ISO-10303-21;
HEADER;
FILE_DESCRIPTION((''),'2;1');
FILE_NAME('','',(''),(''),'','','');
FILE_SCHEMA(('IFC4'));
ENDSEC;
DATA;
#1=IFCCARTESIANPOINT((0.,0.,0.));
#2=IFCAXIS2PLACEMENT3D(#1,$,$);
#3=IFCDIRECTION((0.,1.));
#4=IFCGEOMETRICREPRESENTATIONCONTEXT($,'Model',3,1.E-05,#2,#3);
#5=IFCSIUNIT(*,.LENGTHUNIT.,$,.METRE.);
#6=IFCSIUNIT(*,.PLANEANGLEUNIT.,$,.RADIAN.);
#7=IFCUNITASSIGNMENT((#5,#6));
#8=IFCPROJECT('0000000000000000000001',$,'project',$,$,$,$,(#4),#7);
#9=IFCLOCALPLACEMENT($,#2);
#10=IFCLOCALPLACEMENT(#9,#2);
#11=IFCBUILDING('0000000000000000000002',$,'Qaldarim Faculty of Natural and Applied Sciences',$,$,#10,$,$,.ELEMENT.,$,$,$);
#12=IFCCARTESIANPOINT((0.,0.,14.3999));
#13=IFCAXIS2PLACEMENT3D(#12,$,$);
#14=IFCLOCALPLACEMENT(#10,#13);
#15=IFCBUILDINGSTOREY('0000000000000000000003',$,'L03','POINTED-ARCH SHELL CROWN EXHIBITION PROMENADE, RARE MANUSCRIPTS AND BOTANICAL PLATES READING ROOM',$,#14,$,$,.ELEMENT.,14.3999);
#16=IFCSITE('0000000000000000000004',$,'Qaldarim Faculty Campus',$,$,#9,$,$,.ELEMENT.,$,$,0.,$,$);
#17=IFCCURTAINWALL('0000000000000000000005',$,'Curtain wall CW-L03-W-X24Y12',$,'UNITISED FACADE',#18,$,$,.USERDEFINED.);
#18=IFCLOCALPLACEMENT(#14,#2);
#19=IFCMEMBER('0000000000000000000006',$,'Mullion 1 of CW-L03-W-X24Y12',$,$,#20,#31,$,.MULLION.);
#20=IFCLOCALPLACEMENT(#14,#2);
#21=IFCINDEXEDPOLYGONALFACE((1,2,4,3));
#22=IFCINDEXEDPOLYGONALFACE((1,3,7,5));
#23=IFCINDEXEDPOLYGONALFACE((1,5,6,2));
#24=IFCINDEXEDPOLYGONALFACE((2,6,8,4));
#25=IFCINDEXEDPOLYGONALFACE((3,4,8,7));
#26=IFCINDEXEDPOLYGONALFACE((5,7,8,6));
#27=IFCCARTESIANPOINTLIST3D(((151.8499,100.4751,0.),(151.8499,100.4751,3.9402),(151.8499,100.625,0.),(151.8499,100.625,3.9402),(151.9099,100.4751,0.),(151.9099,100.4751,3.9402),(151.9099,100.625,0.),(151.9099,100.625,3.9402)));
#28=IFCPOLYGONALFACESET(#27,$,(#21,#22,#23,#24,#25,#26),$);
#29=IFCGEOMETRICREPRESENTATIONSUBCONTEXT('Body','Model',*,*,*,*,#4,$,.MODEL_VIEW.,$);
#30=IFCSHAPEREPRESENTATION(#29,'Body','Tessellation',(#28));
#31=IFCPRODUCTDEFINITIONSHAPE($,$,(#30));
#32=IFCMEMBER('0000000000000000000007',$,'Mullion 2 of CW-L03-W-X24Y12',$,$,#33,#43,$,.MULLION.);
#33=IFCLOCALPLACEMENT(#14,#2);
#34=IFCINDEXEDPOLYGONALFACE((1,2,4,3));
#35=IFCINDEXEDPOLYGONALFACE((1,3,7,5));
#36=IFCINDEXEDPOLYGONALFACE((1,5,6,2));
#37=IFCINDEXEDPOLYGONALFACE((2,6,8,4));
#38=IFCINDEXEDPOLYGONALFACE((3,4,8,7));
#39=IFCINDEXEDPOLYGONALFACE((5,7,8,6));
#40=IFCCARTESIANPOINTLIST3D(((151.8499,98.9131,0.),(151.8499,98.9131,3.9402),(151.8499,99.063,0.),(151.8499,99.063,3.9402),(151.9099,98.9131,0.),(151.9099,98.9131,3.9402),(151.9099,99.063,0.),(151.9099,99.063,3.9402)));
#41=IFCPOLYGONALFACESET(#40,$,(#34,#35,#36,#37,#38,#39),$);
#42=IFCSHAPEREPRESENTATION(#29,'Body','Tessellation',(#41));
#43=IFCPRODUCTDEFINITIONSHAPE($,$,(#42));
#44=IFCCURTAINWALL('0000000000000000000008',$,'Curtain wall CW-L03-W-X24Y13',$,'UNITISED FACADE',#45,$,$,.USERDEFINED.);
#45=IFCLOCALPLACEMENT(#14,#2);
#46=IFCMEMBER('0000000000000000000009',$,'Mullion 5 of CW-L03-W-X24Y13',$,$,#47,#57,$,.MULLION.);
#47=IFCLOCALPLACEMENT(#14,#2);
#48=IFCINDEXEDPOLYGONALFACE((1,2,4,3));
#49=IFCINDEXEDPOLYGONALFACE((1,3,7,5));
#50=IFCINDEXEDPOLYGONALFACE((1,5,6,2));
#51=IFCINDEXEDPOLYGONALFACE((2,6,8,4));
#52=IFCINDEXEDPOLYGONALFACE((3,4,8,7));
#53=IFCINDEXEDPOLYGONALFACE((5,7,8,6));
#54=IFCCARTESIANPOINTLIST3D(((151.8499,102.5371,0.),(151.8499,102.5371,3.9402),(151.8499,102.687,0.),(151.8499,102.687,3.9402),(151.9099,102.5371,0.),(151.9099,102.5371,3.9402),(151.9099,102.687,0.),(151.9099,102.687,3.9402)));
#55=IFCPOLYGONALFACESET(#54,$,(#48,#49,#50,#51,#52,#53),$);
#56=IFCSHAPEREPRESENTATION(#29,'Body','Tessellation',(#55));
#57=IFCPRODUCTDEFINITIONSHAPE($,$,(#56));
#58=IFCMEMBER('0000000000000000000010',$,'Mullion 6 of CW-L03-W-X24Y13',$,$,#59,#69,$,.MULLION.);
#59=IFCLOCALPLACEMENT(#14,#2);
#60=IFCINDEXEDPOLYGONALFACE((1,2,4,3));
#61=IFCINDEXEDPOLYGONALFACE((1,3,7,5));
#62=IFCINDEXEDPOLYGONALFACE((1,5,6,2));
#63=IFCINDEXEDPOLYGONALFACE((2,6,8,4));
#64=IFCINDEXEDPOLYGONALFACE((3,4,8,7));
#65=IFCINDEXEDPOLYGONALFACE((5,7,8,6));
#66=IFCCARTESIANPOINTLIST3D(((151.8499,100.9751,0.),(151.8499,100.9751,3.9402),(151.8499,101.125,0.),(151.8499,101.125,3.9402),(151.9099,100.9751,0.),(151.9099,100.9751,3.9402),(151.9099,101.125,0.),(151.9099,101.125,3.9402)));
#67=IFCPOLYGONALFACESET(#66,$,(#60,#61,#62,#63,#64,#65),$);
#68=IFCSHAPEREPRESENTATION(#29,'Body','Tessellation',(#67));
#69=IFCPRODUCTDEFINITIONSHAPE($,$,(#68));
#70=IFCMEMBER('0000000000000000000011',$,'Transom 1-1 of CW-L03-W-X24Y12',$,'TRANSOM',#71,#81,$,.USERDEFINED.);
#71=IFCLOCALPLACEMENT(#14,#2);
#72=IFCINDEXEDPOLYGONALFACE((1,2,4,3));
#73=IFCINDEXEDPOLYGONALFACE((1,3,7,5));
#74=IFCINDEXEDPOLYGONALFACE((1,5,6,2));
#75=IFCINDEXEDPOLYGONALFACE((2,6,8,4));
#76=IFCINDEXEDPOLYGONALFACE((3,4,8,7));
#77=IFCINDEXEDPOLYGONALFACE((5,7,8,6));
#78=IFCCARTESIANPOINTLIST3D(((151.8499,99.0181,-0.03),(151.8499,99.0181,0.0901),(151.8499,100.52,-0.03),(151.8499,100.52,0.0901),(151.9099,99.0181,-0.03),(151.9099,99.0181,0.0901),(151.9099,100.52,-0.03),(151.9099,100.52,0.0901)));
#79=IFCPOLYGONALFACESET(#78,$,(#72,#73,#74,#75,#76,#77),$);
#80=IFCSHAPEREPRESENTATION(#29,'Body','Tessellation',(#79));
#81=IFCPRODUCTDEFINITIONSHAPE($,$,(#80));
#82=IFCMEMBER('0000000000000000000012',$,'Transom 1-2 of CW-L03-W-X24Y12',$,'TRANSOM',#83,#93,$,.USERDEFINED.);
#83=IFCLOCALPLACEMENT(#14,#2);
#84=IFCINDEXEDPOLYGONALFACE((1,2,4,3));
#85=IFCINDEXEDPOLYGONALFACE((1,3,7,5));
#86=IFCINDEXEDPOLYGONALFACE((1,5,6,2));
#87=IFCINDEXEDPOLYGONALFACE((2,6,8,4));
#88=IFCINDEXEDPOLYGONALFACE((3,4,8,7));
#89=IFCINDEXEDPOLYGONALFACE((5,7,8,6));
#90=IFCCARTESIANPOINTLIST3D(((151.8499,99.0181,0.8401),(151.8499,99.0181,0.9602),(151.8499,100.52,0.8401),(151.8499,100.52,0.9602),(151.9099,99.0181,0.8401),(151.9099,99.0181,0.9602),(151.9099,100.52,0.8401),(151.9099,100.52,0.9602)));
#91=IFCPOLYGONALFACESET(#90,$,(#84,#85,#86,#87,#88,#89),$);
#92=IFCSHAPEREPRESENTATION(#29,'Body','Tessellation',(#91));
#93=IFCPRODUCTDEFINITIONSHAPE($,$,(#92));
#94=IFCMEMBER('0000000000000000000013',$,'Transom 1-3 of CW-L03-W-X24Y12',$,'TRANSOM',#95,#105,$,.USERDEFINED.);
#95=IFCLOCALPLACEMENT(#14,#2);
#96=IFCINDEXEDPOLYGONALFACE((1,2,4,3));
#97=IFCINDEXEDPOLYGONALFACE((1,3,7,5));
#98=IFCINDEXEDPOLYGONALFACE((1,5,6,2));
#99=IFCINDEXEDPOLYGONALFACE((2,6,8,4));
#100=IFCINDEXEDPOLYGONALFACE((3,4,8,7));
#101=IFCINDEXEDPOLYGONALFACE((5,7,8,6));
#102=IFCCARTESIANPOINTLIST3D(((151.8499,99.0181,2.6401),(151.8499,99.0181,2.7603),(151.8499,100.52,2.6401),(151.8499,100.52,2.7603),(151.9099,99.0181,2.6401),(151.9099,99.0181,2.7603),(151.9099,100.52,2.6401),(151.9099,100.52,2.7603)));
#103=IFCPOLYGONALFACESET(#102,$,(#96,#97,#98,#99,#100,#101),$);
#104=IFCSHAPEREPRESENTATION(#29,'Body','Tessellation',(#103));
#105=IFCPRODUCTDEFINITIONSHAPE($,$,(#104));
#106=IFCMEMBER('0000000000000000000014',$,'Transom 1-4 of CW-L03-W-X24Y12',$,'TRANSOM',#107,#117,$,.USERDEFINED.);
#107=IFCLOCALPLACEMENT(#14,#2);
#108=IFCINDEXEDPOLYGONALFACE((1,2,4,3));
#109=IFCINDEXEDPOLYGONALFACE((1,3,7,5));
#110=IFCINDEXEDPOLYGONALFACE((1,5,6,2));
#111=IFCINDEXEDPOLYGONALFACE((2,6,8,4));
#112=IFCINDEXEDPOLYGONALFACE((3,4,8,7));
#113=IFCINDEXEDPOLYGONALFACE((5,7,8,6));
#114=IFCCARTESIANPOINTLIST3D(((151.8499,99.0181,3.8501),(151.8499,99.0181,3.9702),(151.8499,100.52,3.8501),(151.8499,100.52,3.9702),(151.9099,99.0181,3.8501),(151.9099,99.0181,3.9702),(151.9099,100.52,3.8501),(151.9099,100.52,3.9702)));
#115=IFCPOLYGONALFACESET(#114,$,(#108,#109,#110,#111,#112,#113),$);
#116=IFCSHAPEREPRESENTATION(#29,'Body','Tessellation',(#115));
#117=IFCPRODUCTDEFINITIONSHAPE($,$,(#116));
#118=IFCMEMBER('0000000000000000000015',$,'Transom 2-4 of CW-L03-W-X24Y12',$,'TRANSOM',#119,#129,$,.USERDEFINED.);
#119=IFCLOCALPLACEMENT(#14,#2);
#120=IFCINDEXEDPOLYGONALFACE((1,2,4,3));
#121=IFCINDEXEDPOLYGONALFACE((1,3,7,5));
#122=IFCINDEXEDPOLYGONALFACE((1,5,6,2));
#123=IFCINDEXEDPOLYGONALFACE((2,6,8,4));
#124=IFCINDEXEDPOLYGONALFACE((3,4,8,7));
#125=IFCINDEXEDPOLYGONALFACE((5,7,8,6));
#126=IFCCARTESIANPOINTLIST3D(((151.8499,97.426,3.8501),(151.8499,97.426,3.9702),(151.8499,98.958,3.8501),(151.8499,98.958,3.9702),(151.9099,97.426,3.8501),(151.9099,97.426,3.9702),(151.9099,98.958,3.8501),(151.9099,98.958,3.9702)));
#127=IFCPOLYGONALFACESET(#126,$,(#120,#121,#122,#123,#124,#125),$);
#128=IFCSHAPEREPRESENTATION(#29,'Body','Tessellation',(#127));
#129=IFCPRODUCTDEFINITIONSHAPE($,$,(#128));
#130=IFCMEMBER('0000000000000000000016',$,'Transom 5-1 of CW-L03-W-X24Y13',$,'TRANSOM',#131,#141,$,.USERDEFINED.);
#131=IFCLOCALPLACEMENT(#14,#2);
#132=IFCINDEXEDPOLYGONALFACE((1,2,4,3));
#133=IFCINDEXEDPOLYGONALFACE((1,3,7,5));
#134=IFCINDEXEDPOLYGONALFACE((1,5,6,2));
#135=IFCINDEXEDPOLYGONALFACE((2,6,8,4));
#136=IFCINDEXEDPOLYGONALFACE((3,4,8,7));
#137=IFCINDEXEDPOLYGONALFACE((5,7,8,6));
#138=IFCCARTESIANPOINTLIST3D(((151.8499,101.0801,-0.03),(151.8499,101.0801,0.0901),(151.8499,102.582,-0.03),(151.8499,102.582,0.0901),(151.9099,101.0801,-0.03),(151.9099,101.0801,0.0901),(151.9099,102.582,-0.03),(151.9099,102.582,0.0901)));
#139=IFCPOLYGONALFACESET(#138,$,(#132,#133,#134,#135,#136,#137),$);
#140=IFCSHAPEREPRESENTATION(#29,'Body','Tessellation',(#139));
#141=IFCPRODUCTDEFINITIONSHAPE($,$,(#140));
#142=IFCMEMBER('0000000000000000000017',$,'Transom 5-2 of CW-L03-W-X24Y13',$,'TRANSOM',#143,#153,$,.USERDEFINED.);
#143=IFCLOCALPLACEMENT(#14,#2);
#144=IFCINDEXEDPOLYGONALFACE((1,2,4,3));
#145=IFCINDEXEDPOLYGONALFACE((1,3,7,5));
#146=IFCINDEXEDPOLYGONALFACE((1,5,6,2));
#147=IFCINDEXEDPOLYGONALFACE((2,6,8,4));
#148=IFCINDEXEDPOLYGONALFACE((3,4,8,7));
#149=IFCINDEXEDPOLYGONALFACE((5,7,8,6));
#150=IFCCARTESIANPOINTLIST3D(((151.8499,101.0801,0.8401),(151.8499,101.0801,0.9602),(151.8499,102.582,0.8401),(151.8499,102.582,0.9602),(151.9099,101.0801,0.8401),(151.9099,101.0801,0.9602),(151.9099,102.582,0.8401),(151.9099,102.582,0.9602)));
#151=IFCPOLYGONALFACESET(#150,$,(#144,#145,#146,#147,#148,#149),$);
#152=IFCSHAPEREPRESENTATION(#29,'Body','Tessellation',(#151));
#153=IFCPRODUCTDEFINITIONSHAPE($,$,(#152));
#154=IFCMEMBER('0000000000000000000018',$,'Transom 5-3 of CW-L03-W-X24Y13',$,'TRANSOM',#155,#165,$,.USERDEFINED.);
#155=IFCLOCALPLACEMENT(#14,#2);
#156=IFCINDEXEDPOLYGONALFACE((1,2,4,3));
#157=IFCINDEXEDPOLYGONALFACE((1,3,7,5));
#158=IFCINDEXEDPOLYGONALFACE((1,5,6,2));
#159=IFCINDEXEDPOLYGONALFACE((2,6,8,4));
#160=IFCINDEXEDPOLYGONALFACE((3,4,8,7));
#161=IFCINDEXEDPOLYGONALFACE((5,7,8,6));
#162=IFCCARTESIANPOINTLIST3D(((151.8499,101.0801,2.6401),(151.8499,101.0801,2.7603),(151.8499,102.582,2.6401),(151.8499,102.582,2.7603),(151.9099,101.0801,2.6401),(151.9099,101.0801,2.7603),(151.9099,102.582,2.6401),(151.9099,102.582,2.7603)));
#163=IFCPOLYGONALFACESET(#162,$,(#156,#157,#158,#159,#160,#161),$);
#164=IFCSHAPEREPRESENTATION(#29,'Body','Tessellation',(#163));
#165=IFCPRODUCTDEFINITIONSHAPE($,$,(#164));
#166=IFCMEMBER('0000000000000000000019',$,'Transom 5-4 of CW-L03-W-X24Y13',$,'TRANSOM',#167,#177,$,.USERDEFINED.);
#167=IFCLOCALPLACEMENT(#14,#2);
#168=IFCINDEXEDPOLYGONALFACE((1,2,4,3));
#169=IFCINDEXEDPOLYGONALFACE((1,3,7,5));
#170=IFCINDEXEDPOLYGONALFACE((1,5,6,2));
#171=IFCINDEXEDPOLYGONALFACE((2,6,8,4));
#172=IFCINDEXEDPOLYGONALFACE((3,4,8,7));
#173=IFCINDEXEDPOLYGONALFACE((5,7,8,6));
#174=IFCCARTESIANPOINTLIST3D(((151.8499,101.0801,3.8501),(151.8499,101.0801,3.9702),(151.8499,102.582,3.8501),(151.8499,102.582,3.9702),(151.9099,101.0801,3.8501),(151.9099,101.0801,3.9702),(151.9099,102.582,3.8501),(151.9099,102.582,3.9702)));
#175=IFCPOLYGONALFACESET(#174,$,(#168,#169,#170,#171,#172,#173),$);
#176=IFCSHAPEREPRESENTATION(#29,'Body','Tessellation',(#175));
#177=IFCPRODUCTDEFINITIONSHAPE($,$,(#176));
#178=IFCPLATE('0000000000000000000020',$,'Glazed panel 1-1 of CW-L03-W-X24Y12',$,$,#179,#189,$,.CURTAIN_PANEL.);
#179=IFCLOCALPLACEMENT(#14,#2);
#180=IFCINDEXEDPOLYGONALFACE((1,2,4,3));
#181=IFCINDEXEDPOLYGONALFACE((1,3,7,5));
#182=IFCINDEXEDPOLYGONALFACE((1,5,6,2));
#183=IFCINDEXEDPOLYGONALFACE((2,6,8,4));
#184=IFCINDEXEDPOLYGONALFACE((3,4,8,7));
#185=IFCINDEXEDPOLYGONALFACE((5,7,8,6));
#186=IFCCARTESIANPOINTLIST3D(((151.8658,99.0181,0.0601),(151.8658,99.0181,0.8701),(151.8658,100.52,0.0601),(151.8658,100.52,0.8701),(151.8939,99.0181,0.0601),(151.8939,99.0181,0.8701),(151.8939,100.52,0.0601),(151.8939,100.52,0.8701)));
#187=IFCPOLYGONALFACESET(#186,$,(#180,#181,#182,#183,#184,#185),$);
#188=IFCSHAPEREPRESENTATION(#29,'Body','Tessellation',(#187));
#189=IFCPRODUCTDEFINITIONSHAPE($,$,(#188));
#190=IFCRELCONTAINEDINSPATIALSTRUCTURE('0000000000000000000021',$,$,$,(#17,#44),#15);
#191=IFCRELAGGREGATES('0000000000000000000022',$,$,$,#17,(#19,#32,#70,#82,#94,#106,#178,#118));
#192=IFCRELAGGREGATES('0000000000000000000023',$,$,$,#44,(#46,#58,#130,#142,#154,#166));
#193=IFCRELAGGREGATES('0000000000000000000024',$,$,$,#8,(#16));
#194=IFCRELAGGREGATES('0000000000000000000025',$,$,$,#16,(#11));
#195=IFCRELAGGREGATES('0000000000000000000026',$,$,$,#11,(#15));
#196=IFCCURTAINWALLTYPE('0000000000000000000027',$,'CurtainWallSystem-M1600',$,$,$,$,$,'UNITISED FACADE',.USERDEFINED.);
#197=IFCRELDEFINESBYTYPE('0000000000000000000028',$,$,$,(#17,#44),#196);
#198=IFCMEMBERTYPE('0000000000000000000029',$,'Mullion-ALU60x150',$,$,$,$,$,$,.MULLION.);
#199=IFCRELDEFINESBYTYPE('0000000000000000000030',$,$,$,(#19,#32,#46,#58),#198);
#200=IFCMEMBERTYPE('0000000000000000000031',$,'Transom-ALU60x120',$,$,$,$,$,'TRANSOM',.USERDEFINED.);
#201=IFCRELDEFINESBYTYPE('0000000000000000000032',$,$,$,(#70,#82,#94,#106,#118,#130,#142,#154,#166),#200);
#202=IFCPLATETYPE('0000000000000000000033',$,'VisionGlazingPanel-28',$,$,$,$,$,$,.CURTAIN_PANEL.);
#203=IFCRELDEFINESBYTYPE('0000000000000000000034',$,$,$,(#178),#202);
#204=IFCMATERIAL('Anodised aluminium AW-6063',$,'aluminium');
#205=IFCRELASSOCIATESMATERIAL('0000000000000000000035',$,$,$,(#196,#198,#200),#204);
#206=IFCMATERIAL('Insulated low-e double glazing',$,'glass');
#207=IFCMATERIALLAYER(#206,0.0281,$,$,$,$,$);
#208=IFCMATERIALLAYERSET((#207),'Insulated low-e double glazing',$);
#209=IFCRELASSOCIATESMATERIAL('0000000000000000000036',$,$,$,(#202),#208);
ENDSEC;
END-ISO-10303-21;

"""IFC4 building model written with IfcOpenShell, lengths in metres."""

from ifc_helpers import new_model, si_unit, direction, frame, origin, origin_2d, place, context, subcontext, project, spatial, rectangle, extrude, material, layer, layer_set, material_profile, profile_set, type_object, element, aggregate, save


model = new_model("IFC4")

# Units and contexts
model_context = context("Model", 3, precision=1e-05, world=origin(), true_north=direction((0.0, 1.0)))
body_context = subcontext(model_context, "Body", "Model", "MODEL_VIEW")
ifc_project = project(units=[si_unit("LENGTHUNIT", "METRE"), si_unit("PLANEANGLEUNIT", "RADIAN")], contexts=[model_context])

# Site, building, storey
site_placement = place(None, origin())
site = spatial("IfcSite", under=ifc_project, at=site_placement, Name="Qaldarim Faculty Campus", CompositionType="ELEMENT", RefElevation=0.0)
building_placement = place(site_placement, origin())
building = spatial("IfcBuilding", under=site, at=building_placement, Name="Qaldarim Faculty of Natural and Applied Sciences", CompositionType="ELEMENT")
storey_placement = place(building_placement, frame((0.0, 0.0, 14.3999)))
storey = spatial("IfcBuildingStorey", under=building, at=storey_placement, Name="L03", Description="POINTED-ARCH SHELL CROWN EXHIBITION PROMENADE, RARE MANUSCRIPTS AND BOTANICAL PLATES READING ROOM", CompositionType="ELEMENT", Elevation=14.3999)

# Curtain walls, members
ifc_material_1 = material(Name="Anodised aluminium AW-6063", Category="aluminium")
curtain_wall_type = type_object("IfcCurtainWallType", Name="CurtainWallSystem-M1600", ElementType="UNITISED FACADE", PredefinedType="USERDEFINED", material=ifc_material_1)
curtain_wall_1_placement = place(storey_placement, origin())
curtain_wall_1 = element("IfcCurtainWall", 1, at=curtain_wall_1_placement, inside=storey, type_object=curtain_wall_type, Name="Curtain wall CW-L03-W-X24Y12", ObjectType="UNITISED FACADE", PredefinedType="USERDEFINED")
ifc_material_profile_1 = material_profile(ifc_material_1, rectangle(XDim=0.0601, YDim=0.1499, at=origin_2d()), Name="ALU-M60x150")
ifc_profile_set_1 = profile_set([ifc_material_profile_1], Name="Anodised aluminium AW-6063")
member_type_1 = type_object("IfcMemberType", Name="Mullion-ALU60x150", PredefinedType="MULLION", material=ifc_profile_set_1)
member_1_placement = place(storey_placement, frame((151.8799, 100.55, 0.0), z_axis=(0.0, 0.0, 1.0), x_axis=(1.0, 0.0, 0.0)))
member_1 = element("IfcMember", 2, at=member_1_placement, type_object=member_type_1, Name="Mullion 1 of CW-L03-W-X24Y12", PredefinedType="MULLION", context=body_context, shape_type="SweptSolid", body=[
    extrude(rectangle(XDim=0.0601, YDim=0.1499, at=origin_2d()), origin(), (0.0, 0.0, 1.0), 3.9402),
])
member_2_placement = place(storey_placement, frame((151.8799, 98.988, 0.0), z_axis=(0.0, 0.0, 1.0), x_axis=(1.0, 0.0, 0.0)))
member_2 = element("IfcMember", 3, at=member_2_placement, type_object=member_type_1, Name="Mullion 2 of CW-L03-W-X24Y12", PredefinedType="MULLION", context=body_context, shape_type="SweptSolid", body=[
    extrude(rectangle(XDim=0.0601, YDim=0.1499, at=origin_2d()), origin(), (0.0, 0.0, 1.0), 3.9402),
])
curtain_wall_2_placement = place(storey_placement, origin())
curtain_wall_2 = element("IfcCurtainWall", 4, at=curtain_wall_2_placement, inside=storey, type_object=curtain_wall_type, Name="Curtain wall CW-L03-W-X24Y13", ObjectType="UNITISED FACADE", PredefinedType="USERDEFINED")
member_3_placement = place(storey_placement, frame((151.8799, 102.6121, 0.0), z_axis=(0.0, 0.0, 1.0), x_axis=(1.0, 0.0, 0.0)))
member_3 = element("IfcMember", 5, at=member_3_placement, type_object=member_type_1, Name="Mullion 5 of CW-L03-W-X24Y13", PredefinedType="MULLION", context=body_context, shape_type="SweptSolid", body=[
    extrude(rectangle(XDim=0.0601, YDim=0.1499, at=origin_2d()), origin(), (0.0, 0.0, 1.0), 3.9402),
])
member_4_placement = place(storey_placement, frame((151.8799, 101.05, 0.0), z_axis=(0.0, 0.0, 1.0), x_axis=(1.0, 0.0, 0.0)))
member_4 = element("IfcMember", 6, at=member_4_placement, type_object=member_type_1, Name="Mullion 6 of CW-L03-W-X24Y13", PredefinedType="MULLION", context=body_context, shape_type="SweptSolid", body=[
    extrude(rectangle(XDim=0.0601, YDim=0.1499, at=origin_2d()), origin(), (0.0, 0.0, 1.0), 3.9402),
])

# Members
ifc_material_profile_2 = material_profile(ifc_material_1, rectangle(XDim=0.0601, YDim=0.1201, at=origin_2d()), Name="ALU-T60x120")
ifc_profile_set_2 = profile_set([ifc_material_profile_2], Name="Anodised aluminium AW-6063")
member_type_2 = type_object("IfcMemberType", Name="Transom-ALU60x120", ElementType="TRANSOM", PredefinedType="USERDEFINED", material=ifc_profile_set_2)
member_5_placement = place(storey_placement, frame((151.8799, 100.52, 0.03), z_axis=(0.0, -1.0, 0.0), x_axis=(1.0, 0.0, 0.0)))
member_5 = element("IfcMember", 7, at=member_5_placement, type_object=member_type_2, Name="Transom 1-1 of CW-L03-W-X24Y12", ObjectType="TRANSOM", PredefinedType="USERDEFINED", context=body_context, shape_type="SweptSolid", body=[
    extrude(rectangle(XDim=0.0601, YDim=0.1201, at=origin_2d()), origin(), (0.0, 0.0, 1.0), 1.502),
])
member_6_placement = place(storey_placement, frame((151.8799, 100.52, 0.9001), z_axis=(0.0, -1.0, 0.0), x_axis=(1.0, 0.0, 0.0)))
member_6 = element("IfcMember", 8, at=member_6_placement, type_object=member_type_2, Name="Transom 1-2 of CW-L03-W-X24Y12", ObjectType="TRANSOM", PredefinedType="USERDEFINED", context=body_context, shape_type="SweptSolid", body=[
    extrude(rectangle(XDim=0.0601, YDim=0.1201, at=origin_2d()), origin(), (0.0, 0.0, 1.0), 1.502),
])
member_7_placement = place(storey_placement, frame((151.8799, 100.52, 2.7002), z_axis=(0.0, -1.0, 0.0), x_axis=(1.0, 0.0, 0.0)))
member_7 = element("IfcMember", 9, at=member_7_placement, type_object=member_type_2, Name="Transom 1-3 of CW-L03-W-X24Y12", ObjectType="TRANSOM", PredefinedType="USERDEFINED", context=body_context, shape_type="SweptSolid", body=[
    extrude(rectangle(XDim=0.0601, YDim=0.1201, at=origin_2d()), origin(), (0.0, 0.0, 1.0), 1.502),
])
member_8_placement = place(storey_placement, frame((151.8799, 100.52, 3.9102), z_axis=(0.0, -1.0, 0.0), x_axis=(1.0, 0.0, 0.0)))
member_8 = element("IfcMember", 10, at=member_8_placement, type_object=member_type_2, Name="Transom 1-4 of CW-L03-W-X24Y12", ObjectType="TRANSOM", PredefinedType="USERDEFINED", context=body_context, shape_type="SweptSolid", body=[
    extrude(rectangle(XDim=0.0601, YDim=0.1201, at=origin_2d()), origin(), (0.0, 0.0, 1.0), 1.502),
])
member_9_placement = place(storey_placement, frame((151.8799, 98.958, 3.9102), z_axis=(0.0, -1.0, 0.0), x_axis=(1.0, 0.0, 0.0)))
member_9 = element("IfcMember", 11, at=member_9_placement, type_object=member_type_2, Name="Transom 2-4 of CW-L03-W-X24Y12", ObjectType="TRANSOM", PredefinedType="USERDEFINED", context=body_context, shape_type="SweptSolid", body=[
    extrude(rectangle(XDim=0.0601, YDim=0.1201, at=origin_2d()), origin(), (0.0, 0.0, 1.0), 1.532),
])
member_10_placement = place(storey_placement, frame((151.8799, 102.582, 0.03), z_axis=(0.0, -1.0, 0.0), x_axis=(1.0, 0.0, 0.0)))
member_10 = element("IfcMember", 12, at=member_10_placement, type_object=member_type_2, Name="Transom 5-1 of CW-L03-W-X24Y13", ObjectType="TRANSOM", PredefinedType="USERDEFINED", context=body_context, shape_type="SweptSolid", body=[
    extrude(rectangle(XDim=0.0601, YDim=0.1201, at=origin_2d()), origin(), (0.0, 0.0, 1.0), 1.502),
])
member_11_placement = place(storey_placement, frame((151.8799, 102.582, 0.9001), z_axis=(0.0, -1.0, 0.0), x_axis=(1.0, 0.0, 0.0)))
member_11 = element("IfcMember", 13, at=member_11_placement, type_object=member_type_2, Name="Transom 5-2 of CW-L03-W-X24Y13", ObjectType="TRANSOM", PredefinedType="USERDEFINED", context=body_context, shape_type="SweptSolid", body=[
    extrude(rectangle(XDim=0.0601, YDim=0.1201, at=origin_2d()), origin(), (0.0, 0.0, 1.0), 1.502),
])
member_12_placement = place(storey_placement, frame((151.8799, 102.582, 2.7002), z_axis=(0.0, -1.0, 0.0), x_axis=(1.0, 0.0, 0.0)))
member_12 = element("IfcMember", 14, at=member_12_placement, type_object=member_type_2, Name="Transom 5-3 of CW-L03-W-X24Y13", ObjectType="TRANSOM", PredefinedType="USERDEFINED", context=body_context, shape_type="SweptSolid", body=[
    extrude(rectangle(XDim=0.0601, YDim=0.1201, at=origin_2d()), origin(), (0.0, 0.0, 1.0), 1.502),
])
member_13_placement = place(storey_placement, frame((151.8799, 102.582, 3.9102), z_axis=(0.0, -1.0, 0.0), x_axis=(1.0, 0.0, 0.0)))
member_13 = element("IfcMember", 15, at=member_13_placement, type_object=member_type_2, Name="Transom 5-4 of CW-L03-W-X24Y13", ObjectType="TRANSOM", PredefinedType="USERDEFINED", context=body_context, shape_type="SweptSolid", body=[
    extrude(rectangle(XDim=0.0601, YDim=0.1201, at=origin_2d()), origin(), (0.0, 0.0, 1.0), 1.502),
])

# Plate
ifc_material_2 = material(Name="Insulated low-e double glazing", Category="glass")
ifc_layer = layer(ifc_material_2, 0.0281)
ifc_layer_set = layer_set([ifc_layer], Name="Insulated low-e double glazing")
plate_type = type_object("IfcPlateType", Name="VisionGlazingPanel-28", PredefinedType="CURTAIN_PANEL", material=ifc_layer_set)
plate_1_placement = place(storey_placement, frame((151.8799, 99.769, 0.0601), z_axis=(0.0, 0.0, 1.0), x_axis=(0.0, -1.0, 0.0)))
plate_1 = element("IfcPlate", 16, at=plate_1_placement, type_object=plate_type, Name="Glazed panel 1-1 of CW-L03-W-X24Y12", PredefinedType="CURTAIN_PANEL", context=body_context, shape_type="SweptSolid", body=[
    extrude(rectangle(XDim=1.502, YDim=0.0281, at=origin_2d()), origin(), (0.0, 0.0, 1.0), 0.8101),
])
aggregate(curtain_wall_1, [member_1, member_2, member_5, member_6, member_7, member_8, plate_1, member_9])
aggregate(curtain_wall_2, [member_3, member_4, member_10, member_11, member_12, member_13])

save(model, "model.ifc")
